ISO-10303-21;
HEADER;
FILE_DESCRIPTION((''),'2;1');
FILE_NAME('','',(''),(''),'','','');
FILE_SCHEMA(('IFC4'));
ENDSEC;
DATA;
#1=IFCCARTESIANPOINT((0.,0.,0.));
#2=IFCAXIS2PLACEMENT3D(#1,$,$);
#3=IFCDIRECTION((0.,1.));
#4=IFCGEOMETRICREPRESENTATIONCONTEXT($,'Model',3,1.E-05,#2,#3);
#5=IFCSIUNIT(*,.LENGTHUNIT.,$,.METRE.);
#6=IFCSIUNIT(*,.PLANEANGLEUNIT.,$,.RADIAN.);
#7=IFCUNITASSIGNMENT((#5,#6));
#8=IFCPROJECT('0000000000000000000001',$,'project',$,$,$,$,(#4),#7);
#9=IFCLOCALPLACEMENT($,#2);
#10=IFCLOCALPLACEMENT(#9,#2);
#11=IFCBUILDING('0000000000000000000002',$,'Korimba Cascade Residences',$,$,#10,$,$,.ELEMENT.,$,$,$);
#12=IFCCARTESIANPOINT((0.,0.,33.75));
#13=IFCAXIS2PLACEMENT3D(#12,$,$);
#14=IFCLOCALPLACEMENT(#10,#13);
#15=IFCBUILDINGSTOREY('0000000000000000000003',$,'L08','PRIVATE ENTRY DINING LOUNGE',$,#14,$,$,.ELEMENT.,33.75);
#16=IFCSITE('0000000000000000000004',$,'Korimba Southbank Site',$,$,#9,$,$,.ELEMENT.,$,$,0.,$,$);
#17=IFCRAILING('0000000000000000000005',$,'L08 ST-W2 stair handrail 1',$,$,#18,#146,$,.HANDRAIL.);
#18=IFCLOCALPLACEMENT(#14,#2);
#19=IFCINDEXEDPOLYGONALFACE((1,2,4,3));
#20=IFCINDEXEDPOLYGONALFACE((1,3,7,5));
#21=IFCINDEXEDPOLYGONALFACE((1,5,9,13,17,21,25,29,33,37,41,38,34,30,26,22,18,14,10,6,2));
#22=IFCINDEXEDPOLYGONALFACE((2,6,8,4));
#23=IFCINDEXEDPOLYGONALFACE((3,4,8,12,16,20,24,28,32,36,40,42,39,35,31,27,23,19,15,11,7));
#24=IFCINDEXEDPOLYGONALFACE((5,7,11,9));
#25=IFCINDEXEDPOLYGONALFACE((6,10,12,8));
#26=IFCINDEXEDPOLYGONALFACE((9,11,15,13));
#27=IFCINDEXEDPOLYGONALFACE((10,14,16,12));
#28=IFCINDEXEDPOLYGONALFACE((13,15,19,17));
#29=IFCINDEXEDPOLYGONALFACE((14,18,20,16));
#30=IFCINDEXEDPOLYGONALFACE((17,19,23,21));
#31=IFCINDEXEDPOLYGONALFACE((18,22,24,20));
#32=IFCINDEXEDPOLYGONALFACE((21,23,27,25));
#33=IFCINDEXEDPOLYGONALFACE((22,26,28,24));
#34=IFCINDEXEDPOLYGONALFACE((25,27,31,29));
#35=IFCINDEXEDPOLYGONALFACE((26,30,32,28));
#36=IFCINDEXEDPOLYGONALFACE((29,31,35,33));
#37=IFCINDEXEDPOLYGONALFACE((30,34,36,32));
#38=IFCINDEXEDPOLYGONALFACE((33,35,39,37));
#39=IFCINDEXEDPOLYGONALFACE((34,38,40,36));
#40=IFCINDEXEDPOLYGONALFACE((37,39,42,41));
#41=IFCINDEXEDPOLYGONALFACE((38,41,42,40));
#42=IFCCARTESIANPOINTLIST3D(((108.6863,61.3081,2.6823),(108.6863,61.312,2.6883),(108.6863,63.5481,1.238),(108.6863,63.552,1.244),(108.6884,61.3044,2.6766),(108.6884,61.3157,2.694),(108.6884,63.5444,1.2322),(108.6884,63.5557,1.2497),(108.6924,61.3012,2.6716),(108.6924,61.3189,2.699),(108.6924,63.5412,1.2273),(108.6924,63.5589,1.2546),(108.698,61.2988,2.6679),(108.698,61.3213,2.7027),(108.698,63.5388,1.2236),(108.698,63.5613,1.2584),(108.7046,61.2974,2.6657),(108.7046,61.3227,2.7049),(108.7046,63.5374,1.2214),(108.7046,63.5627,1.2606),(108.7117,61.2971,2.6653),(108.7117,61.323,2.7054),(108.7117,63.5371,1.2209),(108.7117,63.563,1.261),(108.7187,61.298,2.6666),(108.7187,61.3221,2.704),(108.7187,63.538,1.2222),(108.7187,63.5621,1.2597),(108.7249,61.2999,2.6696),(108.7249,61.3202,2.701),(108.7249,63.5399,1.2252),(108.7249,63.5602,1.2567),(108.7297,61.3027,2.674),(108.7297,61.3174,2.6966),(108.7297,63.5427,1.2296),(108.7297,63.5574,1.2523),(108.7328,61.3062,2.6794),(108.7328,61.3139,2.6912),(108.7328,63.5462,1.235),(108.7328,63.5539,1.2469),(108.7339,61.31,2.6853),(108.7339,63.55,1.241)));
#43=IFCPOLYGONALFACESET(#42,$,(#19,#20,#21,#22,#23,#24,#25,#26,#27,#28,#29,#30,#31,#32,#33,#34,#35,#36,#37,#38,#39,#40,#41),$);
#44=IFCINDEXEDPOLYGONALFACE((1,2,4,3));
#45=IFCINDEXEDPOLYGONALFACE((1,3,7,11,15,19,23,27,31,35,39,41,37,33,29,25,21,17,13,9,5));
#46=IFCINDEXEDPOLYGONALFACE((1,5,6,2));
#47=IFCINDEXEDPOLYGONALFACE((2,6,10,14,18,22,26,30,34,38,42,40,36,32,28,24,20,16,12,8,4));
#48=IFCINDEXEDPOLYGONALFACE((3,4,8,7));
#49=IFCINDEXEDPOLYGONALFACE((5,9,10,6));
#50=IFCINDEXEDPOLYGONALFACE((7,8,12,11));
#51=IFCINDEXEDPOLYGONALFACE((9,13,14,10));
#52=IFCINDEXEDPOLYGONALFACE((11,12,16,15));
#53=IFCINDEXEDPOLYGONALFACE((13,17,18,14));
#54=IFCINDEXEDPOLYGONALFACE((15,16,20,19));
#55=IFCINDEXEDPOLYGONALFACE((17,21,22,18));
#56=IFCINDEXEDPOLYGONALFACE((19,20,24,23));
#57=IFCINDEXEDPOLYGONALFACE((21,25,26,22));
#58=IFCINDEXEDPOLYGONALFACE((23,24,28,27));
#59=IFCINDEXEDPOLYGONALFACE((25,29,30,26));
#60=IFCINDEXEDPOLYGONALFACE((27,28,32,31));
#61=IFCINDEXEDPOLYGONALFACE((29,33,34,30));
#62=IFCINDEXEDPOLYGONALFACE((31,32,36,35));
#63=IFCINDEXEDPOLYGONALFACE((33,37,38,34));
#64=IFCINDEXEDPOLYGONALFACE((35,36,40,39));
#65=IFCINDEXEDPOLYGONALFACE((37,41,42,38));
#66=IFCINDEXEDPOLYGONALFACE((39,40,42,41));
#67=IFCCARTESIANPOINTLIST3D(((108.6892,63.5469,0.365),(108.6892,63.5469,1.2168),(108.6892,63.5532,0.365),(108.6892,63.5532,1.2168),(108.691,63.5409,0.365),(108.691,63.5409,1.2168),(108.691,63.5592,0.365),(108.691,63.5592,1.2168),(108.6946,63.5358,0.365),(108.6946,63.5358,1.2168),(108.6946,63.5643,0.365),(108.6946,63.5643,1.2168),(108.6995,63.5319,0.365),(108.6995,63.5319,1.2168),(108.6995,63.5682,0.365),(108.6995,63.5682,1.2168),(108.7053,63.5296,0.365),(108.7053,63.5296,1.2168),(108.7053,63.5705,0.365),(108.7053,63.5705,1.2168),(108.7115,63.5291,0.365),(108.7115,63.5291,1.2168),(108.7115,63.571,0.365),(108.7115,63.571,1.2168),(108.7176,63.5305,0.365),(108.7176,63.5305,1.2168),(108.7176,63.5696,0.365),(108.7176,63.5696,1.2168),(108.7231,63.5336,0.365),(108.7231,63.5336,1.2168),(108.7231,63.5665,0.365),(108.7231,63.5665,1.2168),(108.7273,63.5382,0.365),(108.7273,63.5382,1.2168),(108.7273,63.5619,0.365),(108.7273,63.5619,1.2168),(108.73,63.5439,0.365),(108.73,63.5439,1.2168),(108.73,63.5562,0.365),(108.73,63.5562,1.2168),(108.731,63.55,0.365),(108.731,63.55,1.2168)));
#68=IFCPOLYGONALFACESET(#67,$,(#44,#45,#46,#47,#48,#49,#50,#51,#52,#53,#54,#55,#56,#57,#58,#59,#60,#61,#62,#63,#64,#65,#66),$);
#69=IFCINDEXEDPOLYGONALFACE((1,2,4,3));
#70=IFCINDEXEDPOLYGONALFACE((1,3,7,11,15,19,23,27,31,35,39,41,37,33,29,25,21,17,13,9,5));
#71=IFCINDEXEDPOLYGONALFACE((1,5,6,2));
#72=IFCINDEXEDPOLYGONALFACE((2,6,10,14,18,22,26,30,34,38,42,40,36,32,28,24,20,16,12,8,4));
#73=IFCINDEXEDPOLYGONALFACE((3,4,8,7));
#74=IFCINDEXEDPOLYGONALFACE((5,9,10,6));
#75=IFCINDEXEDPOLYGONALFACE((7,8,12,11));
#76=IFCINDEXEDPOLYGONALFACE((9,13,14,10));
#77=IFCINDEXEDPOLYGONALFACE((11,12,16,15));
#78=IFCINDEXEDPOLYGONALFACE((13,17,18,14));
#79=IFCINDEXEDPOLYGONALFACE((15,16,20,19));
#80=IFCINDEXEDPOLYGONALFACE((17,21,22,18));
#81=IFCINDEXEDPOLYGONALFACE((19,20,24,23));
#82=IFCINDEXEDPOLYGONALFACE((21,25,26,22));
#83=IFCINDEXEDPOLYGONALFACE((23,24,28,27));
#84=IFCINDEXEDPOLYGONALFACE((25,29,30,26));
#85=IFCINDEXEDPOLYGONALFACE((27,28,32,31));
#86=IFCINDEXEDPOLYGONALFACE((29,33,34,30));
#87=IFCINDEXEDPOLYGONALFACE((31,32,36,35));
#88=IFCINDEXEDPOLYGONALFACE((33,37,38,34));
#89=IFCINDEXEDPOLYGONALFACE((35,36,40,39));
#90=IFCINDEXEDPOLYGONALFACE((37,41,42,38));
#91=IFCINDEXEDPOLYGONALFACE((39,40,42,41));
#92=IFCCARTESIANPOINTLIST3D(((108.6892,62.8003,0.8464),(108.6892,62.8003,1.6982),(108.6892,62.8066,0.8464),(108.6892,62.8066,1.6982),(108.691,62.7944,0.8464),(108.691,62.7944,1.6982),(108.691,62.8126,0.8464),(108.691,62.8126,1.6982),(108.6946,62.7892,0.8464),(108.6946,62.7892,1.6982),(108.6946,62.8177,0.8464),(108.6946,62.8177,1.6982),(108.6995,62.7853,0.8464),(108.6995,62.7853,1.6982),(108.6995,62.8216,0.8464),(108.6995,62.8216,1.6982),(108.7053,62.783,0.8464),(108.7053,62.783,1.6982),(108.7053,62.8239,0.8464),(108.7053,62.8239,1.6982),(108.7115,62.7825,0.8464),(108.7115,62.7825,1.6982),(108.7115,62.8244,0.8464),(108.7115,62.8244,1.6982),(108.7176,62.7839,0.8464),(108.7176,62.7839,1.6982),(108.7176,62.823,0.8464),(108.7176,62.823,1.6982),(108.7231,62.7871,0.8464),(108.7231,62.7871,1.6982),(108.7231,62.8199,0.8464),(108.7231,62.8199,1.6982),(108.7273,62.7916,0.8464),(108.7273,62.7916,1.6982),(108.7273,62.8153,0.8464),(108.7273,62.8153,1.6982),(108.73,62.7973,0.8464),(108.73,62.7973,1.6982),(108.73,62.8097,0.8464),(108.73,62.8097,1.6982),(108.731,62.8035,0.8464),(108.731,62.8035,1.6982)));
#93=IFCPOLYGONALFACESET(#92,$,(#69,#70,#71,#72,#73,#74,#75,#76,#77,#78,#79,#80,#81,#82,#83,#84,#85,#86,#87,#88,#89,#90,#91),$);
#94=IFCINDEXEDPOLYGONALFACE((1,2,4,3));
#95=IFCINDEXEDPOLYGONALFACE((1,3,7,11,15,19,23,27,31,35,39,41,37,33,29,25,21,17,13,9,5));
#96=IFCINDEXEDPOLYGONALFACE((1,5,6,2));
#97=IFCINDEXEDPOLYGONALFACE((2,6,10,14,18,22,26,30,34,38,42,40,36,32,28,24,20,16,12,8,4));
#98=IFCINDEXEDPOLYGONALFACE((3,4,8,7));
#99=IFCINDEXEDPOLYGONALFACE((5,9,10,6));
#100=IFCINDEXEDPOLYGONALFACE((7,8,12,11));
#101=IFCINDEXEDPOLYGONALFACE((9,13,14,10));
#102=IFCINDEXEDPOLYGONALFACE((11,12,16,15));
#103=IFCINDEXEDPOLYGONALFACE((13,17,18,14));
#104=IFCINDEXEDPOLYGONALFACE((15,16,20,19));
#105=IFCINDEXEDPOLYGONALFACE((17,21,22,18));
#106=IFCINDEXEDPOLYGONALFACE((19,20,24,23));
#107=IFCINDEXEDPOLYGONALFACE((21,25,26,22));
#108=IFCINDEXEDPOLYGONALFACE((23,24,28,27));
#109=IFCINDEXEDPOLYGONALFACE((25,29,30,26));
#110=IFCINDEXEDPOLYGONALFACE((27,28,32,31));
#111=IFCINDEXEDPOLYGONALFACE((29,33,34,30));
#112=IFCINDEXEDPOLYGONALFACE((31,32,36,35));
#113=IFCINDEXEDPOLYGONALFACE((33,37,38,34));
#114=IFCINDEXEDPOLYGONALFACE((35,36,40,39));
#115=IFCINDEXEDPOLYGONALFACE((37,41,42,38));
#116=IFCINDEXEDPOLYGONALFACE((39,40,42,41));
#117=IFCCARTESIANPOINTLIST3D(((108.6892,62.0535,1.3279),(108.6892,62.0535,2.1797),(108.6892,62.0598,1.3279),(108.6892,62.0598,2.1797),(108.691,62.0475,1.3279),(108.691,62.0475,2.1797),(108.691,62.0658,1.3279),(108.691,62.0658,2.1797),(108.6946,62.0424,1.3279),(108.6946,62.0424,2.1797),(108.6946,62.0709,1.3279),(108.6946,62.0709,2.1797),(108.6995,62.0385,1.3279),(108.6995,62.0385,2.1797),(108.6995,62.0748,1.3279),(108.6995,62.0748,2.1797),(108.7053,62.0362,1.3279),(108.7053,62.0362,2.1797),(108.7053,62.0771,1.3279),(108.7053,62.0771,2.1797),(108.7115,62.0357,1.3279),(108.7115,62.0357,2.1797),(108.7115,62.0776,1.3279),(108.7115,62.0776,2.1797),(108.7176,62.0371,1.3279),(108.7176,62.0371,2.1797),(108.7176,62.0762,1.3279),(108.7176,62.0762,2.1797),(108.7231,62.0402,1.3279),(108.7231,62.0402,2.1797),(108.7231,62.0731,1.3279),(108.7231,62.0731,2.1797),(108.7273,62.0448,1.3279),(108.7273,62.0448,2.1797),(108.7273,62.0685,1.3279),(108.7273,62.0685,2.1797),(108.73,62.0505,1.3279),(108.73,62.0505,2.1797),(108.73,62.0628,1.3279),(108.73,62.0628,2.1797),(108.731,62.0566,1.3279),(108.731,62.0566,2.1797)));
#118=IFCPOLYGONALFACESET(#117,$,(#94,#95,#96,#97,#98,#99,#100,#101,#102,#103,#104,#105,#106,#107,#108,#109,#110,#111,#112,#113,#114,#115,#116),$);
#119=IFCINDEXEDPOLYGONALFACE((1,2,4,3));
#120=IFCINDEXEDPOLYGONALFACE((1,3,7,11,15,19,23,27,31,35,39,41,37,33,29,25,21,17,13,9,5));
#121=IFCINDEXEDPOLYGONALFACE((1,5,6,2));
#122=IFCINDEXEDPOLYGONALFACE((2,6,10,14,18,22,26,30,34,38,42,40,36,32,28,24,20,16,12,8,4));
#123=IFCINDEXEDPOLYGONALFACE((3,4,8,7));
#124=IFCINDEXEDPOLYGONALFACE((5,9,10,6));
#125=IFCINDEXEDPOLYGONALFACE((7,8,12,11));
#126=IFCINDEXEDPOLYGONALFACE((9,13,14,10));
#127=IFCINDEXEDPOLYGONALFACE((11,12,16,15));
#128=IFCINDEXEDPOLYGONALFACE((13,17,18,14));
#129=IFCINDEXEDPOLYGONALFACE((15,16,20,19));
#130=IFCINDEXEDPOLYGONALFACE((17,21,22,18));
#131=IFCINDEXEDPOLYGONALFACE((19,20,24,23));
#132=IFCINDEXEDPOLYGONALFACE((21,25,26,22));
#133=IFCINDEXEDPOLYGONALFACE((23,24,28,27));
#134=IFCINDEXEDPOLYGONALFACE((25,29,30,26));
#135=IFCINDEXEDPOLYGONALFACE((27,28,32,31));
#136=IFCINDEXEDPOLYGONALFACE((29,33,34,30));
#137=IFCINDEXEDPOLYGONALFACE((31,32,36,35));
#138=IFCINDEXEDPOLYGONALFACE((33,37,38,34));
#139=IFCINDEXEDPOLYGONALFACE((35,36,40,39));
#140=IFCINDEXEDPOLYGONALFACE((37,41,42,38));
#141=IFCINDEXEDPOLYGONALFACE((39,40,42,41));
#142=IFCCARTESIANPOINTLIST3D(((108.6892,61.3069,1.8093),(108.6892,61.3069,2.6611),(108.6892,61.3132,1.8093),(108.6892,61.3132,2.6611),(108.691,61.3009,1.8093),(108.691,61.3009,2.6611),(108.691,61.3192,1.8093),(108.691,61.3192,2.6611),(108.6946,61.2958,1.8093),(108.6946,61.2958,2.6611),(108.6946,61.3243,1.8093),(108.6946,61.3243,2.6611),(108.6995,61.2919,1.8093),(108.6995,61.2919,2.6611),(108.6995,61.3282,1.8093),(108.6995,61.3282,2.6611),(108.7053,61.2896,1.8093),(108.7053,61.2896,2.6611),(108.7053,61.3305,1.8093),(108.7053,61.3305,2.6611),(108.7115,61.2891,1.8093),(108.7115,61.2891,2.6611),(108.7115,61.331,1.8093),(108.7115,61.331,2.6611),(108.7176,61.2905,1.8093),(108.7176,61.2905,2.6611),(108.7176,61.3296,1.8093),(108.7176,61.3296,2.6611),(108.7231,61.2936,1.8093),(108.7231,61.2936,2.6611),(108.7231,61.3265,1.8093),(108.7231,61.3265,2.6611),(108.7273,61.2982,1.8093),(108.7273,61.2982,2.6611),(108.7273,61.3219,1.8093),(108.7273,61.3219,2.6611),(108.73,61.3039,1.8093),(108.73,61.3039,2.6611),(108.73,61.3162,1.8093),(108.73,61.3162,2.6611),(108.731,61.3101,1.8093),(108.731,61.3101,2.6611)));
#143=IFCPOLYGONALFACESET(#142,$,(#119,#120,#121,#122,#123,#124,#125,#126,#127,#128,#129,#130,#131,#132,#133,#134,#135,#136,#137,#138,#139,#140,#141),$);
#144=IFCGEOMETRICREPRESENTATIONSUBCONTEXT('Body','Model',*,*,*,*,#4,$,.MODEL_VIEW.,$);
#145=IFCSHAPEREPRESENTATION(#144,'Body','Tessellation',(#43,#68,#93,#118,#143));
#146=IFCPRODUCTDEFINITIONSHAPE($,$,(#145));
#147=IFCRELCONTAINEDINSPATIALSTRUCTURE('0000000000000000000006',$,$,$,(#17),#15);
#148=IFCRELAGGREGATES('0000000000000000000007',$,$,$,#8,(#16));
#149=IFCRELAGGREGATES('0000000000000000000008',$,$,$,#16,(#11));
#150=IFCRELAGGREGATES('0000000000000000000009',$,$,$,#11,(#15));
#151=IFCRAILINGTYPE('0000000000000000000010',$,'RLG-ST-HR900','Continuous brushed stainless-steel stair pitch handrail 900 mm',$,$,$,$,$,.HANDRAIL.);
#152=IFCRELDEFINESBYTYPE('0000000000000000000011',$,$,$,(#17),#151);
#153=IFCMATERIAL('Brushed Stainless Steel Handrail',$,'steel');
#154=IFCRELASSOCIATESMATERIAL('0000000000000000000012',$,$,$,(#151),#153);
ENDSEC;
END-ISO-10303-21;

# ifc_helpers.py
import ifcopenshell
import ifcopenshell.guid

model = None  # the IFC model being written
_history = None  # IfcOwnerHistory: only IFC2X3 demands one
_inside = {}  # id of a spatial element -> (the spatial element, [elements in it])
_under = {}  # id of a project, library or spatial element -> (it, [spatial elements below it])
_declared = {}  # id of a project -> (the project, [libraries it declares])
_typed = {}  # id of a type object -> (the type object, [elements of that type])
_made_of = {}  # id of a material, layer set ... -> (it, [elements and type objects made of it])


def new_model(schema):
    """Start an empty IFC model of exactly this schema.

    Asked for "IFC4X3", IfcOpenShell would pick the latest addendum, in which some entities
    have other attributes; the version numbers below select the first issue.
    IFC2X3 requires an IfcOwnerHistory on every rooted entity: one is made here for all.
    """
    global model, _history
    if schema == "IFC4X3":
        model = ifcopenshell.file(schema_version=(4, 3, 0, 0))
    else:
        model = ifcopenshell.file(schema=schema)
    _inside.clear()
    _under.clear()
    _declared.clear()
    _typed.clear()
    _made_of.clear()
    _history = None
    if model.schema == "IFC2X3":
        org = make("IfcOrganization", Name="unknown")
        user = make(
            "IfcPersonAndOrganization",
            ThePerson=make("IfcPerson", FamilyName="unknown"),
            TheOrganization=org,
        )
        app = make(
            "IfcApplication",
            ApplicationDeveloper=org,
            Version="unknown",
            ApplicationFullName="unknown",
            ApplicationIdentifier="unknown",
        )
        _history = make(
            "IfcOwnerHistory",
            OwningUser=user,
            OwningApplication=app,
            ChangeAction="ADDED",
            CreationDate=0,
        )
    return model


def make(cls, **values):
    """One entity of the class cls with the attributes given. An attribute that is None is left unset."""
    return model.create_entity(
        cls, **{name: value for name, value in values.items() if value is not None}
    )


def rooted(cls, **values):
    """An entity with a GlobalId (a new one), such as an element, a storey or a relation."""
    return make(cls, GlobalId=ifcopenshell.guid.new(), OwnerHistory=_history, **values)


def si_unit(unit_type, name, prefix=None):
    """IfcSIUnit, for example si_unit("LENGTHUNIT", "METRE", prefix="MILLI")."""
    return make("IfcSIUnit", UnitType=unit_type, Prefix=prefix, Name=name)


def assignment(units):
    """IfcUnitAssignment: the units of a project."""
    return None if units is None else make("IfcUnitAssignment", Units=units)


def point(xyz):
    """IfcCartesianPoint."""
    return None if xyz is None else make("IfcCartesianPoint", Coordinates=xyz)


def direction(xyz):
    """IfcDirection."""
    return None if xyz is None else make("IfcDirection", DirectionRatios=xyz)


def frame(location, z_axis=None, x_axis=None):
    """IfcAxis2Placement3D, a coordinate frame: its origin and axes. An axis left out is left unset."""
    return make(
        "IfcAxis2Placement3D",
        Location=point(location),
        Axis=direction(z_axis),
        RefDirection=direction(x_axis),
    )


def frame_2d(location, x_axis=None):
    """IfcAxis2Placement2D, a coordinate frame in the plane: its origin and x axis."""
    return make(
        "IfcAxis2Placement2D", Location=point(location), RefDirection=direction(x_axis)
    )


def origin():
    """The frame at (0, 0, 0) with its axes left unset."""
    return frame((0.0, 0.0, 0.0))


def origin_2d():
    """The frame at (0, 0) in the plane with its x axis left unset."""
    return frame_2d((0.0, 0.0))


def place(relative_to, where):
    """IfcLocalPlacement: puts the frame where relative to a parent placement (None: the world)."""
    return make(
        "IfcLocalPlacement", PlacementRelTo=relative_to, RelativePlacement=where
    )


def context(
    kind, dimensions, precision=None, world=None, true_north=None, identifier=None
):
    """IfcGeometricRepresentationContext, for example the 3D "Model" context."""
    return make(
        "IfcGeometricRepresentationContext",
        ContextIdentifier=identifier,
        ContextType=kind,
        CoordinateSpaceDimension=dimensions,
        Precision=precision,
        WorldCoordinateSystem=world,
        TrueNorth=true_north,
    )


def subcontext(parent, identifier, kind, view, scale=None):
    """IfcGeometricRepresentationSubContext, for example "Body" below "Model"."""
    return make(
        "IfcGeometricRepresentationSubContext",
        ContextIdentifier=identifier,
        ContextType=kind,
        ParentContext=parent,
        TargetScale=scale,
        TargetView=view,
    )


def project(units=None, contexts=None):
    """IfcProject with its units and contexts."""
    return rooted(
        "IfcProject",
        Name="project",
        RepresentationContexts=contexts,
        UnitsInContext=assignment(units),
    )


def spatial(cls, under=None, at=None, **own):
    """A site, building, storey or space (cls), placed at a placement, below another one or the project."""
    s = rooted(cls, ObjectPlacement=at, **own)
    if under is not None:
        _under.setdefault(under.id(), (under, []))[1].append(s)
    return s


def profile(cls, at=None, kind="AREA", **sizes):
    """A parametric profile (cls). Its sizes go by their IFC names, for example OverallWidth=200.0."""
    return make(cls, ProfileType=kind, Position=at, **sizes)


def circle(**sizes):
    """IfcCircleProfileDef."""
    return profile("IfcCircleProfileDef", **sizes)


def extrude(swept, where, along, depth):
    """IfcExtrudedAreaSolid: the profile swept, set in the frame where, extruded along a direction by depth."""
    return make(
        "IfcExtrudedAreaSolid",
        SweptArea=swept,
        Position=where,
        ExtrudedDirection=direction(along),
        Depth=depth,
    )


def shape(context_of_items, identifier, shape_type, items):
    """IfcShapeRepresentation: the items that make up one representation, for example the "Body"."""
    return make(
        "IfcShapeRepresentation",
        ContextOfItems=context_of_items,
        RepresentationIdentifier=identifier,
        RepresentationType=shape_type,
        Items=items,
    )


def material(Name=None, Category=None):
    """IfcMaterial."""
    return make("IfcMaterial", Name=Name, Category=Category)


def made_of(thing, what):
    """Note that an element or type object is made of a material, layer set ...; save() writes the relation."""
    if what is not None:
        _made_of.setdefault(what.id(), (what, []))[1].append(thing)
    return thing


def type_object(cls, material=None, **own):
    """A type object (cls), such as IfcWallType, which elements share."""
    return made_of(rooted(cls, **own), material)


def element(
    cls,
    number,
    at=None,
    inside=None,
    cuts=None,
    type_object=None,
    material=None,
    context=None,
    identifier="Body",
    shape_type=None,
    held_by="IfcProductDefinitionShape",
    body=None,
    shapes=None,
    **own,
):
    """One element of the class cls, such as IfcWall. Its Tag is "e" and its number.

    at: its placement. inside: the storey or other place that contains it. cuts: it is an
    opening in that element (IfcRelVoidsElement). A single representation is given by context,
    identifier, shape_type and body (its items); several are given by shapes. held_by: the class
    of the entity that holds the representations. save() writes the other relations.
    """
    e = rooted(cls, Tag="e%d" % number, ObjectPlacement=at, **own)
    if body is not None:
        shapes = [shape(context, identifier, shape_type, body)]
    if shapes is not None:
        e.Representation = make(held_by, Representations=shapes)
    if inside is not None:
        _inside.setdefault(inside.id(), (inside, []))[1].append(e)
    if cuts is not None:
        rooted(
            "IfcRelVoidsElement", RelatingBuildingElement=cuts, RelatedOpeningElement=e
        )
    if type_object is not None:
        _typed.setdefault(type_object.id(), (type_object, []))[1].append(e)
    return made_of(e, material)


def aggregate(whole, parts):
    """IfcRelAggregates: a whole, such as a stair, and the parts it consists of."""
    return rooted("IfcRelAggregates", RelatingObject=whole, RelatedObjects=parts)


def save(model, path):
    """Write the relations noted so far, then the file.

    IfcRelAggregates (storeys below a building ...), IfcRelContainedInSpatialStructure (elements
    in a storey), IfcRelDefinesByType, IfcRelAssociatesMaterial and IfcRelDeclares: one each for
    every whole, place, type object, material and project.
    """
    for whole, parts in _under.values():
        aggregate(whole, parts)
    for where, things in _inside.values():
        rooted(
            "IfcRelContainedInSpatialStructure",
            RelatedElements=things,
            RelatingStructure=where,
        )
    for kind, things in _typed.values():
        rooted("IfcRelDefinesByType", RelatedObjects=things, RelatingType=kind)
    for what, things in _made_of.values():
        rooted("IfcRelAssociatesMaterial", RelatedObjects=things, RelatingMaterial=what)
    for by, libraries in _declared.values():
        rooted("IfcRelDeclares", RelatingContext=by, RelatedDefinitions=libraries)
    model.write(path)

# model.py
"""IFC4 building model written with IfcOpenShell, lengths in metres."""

from ifc_helpers import new_model, si_unit, direction, frame, origin, origin_2d, place, context, subcontext, project, spatial, circle, extrude, material, type_object, element, save


model = new_model("IFC4")

# Units and contexts
model_context = context("Model", 3, precision=1e-05, world=origin(), true_north=direction((0.0, 1.0)))
body_context = subcontext(model_context, "Body", "Model", "MODEL_VIEW")
ifc_project = project(units=[si_unit("LENGTHUNIT", "METRE"), si_unit("PLANEANGLEUNIT", "RADIAN")], contexts=[model_context])

# Site, building, storey
site_placement = place(None, origin())
site = spatial("IfcSite", under=ifc_project, at=site_placement, Name="Korimba Southbank Site", CompositionType="ELEMENT", RefElevation=0.0)
building_placement = place(site_placement, origin())
building = spatial("IfcBuilding", under=site, at=building_placement, Name="Korimba Cascade Residences", CompositionType="ELEMENT")
storey_placement = place(building_placement, frame((0.0, 0.0, 33.75)))
storey = spatial("IfcBuildingStorey", under=building, at=storey_placement, Name="L08", Description="PRIVATE ENTRY DINING LOUNGE", CompositionType="ELEMENT", Elevation=33.75)

# Railing
ifc_material_1 = material(Name="Brushed Stainless Steel Handrail", Category="steel")
railing_type_1 = type_object("IfcRailingType", Name="RLG-ST-HR900", Description="Continuous brushed stainless-steel stair pitch handrail 900 mm", PredefinedType="HANDRAIL", material=ifc_material_1)
railing_1_placement = place(storey_placement, frame((108.71, 63.55, 0.365)))
element("IfcRailing", 1, at=railing_1_placement, inside=storey, type_object=railing_type_1, Name="L08 ST-W2 stair handrail 1", PredefinedType="HANDRAIL", context=body_context, shape_type="SweptSolid", body=[
    extrude(circle(Radius=0.0239, at=origin_2d()), frame((0.0, 0.0, 0.876), z_axis=(0.0, -0.840437, 0.54191), x_axis=(1.0, 0.0, 0.0)), (0.0, 0.0, 1.0), 2.6653),
    extrude(circle(Radius=0.021, at=origin_2d()), origin(), (0.0, 0.0, 1.0), 0.8518),
    extrude(circle(Radius=0.021, at=origin_2d()), frame((0.0, -0.7466, 0.4814)), (0.0, 0.0, 1.0), 0.8518),
    extrude(circle(Radius=0.021, at=origin_2d()), frame((0.0, -1.4934, 0.9629)), (0.0, 0.0, 1.0), 0.8518),
    extrude(circle(Radius=0.021, at=origin_2d()), frame((0.0, -2.24, 1.4443)), (0.0, 0.0, 1.0), 0.8518),
])

save(model, "model.ifc")
